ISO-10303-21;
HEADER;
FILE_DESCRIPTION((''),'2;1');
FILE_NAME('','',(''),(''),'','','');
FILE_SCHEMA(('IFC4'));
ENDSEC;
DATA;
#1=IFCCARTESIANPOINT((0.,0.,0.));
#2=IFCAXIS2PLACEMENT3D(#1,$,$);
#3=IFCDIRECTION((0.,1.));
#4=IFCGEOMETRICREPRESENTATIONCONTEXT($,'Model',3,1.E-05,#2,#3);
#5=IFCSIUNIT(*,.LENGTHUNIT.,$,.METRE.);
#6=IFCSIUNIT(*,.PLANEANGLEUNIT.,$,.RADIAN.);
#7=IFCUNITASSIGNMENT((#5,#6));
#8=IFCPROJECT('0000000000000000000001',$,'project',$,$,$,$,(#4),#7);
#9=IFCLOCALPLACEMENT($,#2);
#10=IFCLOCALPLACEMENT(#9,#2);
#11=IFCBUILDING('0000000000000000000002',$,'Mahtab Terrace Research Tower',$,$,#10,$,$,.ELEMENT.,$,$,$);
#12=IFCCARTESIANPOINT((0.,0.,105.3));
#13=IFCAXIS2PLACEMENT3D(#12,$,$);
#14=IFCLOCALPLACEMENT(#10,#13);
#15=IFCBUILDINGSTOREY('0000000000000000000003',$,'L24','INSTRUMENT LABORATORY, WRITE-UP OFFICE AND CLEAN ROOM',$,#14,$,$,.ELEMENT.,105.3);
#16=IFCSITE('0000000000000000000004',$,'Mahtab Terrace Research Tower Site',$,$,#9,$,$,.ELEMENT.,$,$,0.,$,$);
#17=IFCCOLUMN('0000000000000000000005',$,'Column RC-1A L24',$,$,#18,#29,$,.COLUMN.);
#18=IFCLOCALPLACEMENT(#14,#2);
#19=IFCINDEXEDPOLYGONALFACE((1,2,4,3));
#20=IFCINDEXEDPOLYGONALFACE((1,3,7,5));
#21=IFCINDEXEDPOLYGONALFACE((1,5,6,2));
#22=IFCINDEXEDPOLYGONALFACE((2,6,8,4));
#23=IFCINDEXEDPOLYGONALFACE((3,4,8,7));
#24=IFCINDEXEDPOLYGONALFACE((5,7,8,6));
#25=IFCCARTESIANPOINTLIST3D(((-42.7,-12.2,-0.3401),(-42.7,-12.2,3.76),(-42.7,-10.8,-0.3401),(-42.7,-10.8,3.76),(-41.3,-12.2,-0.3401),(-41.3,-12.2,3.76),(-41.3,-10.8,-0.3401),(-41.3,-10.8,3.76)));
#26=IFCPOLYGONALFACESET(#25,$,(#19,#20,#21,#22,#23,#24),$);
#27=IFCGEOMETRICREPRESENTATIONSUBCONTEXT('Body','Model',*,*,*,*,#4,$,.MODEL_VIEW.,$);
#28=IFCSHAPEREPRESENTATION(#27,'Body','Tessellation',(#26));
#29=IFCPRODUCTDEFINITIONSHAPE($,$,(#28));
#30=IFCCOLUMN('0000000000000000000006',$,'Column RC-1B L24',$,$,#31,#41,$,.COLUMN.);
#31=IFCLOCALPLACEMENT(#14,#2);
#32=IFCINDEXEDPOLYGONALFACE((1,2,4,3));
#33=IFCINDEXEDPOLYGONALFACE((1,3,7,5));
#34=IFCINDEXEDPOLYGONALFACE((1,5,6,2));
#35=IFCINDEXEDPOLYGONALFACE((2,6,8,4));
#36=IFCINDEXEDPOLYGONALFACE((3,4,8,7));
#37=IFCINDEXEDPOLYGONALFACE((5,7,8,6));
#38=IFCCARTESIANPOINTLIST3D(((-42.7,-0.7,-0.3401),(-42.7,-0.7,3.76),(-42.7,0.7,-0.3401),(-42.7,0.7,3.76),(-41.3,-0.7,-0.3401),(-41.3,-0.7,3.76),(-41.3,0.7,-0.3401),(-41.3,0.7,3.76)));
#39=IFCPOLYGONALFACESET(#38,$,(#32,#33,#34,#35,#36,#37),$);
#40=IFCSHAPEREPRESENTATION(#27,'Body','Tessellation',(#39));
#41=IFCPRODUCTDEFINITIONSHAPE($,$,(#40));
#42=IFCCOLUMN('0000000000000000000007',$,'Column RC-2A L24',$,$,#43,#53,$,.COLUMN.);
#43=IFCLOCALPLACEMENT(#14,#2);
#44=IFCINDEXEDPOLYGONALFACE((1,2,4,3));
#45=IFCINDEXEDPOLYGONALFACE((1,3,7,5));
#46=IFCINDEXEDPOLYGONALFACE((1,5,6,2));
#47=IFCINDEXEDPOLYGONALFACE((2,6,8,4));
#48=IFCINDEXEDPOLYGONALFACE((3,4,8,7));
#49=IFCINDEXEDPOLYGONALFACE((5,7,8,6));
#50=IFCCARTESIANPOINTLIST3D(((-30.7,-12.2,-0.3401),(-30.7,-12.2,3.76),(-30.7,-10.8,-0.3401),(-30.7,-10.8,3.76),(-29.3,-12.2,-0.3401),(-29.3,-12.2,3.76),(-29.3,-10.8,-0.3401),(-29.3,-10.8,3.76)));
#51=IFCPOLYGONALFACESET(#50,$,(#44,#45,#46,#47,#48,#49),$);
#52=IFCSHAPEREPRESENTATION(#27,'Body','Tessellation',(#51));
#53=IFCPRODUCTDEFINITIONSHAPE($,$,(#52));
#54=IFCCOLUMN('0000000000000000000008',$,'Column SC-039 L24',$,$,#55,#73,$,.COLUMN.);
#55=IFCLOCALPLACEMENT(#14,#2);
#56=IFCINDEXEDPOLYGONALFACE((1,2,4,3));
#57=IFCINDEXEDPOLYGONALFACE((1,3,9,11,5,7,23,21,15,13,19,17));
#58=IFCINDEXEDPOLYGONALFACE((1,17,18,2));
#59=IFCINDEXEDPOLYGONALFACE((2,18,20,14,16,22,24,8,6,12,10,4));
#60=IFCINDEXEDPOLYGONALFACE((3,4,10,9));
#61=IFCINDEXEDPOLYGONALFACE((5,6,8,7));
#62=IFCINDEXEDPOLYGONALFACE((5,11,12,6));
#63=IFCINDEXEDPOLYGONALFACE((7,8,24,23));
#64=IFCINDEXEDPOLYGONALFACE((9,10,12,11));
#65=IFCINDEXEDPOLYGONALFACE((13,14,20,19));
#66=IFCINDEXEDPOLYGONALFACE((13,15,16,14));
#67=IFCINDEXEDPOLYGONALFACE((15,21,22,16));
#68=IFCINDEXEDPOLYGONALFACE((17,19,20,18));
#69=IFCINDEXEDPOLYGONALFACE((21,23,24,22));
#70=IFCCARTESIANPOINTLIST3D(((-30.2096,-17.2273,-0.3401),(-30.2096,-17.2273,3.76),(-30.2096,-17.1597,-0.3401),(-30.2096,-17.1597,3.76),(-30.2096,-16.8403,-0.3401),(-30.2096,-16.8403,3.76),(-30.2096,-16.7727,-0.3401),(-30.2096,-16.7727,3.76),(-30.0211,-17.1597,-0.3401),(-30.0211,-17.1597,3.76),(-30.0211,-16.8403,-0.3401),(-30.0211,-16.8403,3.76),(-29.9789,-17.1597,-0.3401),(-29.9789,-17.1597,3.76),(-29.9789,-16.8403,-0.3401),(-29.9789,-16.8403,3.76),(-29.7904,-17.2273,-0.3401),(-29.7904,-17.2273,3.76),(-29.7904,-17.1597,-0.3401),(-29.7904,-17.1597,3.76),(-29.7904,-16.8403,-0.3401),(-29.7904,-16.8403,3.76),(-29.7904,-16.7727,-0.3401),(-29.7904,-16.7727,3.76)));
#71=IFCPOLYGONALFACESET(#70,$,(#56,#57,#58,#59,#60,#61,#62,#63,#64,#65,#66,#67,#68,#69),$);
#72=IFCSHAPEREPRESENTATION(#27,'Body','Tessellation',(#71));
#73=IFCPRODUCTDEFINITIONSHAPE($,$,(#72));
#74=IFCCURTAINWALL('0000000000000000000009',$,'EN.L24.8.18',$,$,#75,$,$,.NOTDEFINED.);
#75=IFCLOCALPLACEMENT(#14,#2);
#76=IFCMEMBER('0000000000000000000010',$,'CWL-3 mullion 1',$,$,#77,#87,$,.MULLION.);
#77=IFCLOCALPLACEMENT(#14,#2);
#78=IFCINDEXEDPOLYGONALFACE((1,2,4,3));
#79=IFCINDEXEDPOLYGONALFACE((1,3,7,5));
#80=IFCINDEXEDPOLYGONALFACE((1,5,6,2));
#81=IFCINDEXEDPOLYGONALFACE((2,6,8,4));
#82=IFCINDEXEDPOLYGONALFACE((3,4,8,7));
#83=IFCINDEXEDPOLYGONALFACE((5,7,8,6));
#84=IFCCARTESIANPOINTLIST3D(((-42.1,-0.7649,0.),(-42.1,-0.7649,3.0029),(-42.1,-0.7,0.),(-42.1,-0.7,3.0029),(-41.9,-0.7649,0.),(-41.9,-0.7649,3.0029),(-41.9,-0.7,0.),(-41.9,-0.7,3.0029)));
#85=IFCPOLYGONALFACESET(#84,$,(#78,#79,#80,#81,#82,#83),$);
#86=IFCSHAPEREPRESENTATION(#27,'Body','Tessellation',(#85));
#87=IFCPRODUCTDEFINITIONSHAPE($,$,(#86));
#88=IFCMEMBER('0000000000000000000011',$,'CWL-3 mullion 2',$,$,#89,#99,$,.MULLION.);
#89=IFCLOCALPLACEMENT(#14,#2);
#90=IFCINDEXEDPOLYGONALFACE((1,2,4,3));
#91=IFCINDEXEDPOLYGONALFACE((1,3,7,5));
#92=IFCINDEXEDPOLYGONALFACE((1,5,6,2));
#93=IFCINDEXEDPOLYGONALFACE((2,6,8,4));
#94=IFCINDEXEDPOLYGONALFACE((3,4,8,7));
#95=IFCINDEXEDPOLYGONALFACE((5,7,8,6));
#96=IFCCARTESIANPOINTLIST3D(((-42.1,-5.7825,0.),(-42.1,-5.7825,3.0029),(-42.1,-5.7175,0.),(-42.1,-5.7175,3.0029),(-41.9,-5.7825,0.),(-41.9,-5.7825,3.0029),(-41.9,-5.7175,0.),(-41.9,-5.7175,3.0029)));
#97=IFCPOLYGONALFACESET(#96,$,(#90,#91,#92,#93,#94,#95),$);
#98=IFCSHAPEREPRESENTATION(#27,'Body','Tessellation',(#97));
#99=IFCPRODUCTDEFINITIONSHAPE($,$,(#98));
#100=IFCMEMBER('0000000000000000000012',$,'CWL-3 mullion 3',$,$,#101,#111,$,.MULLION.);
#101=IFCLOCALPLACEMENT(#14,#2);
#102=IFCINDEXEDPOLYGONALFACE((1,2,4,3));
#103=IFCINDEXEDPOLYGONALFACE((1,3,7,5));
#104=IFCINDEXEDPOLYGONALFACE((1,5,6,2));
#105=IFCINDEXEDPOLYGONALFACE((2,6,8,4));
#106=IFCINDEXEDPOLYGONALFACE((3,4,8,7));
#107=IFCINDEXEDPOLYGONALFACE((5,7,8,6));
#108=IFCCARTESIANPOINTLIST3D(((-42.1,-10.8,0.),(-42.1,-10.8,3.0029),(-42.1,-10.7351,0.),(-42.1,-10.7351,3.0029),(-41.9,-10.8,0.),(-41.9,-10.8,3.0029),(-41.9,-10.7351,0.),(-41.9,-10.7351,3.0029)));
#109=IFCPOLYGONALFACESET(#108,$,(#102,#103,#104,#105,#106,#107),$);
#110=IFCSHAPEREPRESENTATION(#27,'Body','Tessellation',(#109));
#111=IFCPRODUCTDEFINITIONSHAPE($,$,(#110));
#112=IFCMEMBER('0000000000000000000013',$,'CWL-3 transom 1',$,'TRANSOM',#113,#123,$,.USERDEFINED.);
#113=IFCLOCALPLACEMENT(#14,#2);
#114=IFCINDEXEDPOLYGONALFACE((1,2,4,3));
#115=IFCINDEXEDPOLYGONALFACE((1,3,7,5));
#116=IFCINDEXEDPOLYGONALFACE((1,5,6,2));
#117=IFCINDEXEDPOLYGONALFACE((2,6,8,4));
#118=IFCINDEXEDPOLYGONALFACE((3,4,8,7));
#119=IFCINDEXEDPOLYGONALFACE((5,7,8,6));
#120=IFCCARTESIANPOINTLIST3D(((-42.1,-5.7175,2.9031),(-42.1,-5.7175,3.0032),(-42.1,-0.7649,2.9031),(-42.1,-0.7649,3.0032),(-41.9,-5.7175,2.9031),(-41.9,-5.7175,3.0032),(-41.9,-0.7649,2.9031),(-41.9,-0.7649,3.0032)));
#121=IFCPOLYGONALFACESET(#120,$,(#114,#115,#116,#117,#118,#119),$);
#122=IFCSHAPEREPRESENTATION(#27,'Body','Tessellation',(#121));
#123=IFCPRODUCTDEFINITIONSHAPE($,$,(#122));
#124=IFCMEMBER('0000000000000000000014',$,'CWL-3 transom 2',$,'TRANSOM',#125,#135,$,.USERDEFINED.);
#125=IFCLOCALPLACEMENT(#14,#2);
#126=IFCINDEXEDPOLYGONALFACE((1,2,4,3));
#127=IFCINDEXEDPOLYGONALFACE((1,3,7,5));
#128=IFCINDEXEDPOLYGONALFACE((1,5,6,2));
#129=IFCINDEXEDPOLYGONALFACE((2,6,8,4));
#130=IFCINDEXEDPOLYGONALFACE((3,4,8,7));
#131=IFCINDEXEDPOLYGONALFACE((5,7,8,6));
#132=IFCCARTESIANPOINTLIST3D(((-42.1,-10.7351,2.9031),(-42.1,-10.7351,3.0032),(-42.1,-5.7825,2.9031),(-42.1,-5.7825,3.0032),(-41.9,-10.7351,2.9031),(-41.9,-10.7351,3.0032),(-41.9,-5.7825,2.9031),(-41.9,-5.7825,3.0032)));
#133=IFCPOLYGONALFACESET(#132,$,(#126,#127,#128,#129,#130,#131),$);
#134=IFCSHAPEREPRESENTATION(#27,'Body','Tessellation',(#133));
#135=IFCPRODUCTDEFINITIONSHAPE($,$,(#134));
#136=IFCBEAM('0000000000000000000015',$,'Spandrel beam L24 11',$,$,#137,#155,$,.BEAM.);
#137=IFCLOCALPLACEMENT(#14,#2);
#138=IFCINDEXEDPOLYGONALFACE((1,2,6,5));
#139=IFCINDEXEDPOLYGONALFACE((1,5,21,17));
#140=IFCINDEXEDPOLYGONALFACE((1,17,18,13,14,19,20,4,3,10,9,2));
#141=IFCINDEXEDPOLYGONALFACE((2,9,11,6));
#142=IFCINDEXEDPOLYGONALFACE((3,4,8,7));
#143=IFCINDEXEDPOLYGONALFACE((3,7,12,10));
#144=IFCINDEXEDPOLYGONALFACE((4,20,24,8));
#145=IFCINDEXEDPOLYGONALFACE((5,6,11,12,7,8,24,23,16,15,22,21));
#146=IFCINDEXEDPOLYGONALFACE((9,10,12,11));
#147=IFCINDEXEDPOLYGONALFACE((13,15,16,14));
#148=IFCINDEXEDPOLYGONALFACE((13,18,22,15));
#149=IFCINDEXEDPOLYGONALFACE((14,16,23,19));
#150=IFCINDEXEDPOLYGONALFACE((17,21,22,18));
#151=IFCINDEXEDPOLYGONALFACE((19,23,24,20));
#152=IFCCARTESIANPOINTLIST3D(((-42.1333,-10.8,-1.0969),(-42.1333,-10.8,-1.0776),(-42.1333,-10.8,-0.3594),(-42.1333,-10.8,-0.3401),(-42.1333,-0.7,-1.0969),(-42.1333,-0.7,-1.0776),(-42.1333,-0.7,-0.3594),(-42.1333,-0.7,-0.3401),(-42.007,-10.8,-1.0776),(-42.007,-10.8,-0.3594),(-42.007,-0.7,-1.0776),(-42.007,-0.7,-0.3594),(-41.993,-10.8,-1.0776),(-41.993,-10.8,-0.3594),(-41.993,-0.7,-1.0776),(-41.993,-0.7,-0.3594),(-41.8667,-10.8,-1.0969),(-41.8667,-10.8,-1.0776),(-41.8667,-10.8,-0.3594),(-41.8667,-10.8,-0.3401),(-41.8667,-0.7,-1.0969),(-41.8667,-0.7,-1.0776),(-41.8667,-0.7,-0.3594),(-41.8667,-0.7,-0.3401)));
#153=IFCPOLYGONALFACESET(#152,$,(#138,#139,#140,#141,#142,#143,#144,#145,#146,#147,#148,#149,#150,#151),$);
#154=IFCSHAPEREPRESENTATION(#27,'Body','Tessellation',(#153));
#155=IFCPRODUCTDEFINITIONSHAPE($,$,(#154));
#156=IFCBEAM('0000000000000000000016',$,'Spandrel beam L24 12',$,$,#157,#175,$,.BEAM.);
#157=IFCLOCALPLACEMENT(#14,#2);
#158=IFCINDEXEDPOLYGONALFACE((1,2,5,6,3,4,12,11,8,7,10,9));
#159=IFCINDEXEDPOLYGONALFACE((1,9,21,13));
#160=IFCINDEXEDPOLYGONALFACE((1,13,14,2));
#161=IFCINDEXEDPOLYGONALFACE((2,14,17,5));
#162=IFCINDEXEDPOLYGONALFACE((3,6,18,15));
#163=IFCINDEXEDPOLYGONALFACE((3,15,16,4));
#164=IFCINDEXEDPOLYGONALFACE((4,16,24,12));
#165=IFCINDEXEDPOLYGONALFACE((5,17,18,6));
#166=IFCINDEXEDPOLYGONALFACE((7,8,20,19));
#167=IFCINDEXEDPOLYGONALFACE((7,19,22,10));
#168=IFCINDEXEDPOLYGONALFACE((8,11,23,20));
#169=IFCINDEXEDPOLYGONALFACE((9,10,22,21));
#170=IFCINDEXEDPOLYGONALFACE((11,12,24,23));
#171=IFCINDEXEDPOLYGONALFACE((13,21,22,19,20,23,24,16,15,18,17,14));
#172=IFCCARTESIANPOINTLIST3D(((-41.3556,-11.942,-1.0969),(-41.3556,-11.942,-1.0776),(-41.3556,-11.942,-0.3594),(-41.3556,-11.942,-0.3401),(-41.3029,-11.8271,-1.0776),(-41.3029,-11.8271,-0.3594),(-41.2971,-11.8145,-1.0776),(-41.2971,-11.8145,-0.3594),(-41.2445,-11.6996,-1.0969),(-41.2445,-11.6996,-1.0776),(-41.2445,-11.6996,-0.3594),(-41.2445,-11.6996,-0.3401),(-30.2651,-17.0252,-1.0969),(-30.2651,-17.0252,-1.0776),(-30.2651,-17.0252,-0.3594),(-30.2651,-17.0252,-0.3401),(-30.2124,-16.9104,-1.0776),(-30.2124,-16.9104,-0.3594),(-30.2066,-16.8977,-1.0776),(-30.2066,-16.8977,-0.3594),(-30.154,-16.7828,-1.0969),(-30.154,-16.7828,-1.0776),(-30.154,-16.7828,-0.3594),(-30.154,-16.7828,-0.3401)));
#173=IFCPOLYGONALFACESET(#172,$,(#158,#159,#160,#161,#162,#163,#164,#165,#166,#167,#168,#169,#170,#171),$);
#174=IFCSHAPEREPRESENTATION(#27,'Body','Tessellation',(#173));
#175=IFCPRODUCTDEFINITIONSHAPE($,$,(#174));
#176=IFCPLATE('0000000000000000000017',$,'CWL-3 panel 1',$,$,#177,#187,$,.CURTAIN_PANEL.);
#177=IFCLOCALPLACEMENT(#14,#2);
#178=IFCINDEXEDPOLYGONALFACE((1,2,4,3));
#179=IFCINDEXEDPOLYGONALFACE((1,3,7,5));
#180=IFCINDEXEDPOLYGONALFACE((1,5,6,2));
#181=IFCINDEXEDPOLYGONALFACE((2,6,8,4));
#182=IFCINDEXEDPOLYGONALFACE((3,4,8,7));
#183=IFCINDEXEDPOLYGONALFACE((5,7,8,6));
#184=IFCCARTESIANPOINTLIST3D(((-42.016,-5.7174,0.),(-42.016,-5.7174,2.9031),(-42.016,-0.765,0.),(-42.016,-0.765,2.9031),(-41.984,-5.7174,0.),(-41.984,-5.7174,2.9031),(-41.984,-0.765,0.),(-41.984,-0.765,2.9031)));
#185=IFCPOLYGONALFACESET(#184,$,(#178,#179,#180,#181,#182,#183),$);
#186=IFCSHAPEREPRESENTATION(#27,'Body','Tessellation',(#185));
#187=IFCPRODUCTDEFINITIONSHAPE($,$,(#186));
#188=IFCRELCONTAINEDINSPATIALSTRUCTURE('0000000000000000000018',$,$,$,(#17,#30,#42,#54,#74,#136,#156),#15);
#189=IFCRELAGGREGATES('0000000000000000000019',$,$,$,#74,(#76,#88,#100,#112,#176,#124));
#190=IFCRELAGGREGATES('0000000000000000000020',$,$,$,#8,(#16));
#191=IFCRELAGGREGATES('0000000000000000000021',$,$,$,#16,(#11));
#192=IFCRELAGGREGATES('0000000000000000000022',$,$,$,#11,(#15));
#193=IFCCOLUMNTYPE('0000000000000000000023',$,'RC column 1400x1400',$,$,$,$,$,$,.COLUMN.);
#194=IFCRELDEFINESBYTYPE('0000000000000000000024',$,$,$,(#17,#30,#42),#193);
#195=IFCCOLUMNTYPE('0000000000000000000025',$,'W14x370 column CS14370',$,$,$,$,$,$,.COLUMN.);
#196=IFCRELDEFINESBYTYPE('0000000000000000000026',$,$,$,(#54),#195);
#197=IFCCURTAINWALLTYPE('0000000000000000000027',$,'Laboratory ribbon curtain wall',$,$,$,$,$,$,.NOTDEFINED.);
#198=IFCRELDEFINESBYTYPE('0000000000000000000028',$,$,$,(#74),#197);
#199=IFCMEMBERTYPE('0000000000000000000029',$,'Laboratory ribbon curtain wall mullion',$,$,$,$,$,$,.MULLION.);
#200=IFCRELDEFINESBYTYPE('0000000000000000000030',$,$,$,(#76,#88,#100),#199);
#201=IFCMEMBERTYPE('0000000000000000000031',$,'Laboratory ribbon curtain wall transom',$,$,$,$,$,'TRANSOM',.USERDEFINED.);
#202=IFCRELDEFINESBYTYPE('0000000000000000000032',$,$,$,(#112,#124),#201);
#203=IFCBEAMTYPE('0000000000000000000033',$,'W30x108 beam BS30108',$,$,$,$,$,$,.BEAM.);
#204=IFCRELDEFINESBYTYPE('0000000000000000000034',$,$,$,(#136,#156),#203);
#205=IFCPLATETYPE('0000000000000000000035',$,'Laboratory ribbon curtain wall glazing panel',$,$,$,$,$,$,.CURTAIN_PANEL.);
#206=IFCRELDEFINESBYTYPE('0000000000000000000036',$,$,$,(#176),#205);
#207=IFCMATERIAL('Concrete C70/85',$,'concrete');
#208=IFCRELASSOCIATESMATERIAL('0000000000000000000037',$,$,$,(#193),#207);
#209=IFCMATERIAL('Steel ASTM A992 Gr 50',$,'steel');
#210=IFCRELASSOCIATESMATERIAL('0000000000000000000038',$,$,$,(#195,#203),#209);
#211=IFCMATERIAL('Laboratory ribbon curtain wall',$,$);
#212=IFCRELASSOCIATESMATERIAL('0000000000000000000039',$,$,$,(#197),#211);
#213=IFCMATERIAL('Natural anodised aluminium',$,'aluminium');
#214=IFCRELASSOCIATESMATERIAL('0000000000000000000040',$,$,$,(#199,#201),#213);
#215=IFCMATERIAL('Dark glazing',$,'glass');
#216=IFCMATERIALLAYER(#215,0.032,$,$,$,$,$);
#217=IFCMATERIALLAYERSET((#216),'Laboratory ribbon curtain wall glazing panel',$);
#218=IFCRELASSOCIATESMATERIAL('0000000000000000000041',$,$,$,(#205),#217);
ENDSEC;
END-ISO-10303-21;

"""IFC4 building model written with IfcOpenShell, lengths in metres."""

from ifc_helpers import new_model, si_unit, direction, frame, origin, origin_2d, place, context, subcontext, project, spatial, rectangle, i_section, extrude, material, layer, layer_set, material_profile, profile_set, type_object, element, aggregate, save


model = new_model("IFC4")

# Units and contexts
model_context = context("Model", 3, precision=1e-05, world=origin(), true_north=direction((0.0, 1.0)))
body_context = subcontext(model_context, "Body", "Model", "MODEL_VIEW")
ifc_project = project(units=[si_unit("LENGTHUNIT", "METRE"), si_unit("PLANEANGLEUNIT", "RADIAN")], contexts=[model_context])

# Site, building, storey
site_placement = place(None, origin())
site = spatial("IfcSite", under=ifc_project, at=site_placement, Name="Mahtab Terrace Research Tower Site", CompositionType="ELEMENT", RefElevation=0.0)
building_placement = place(site_placement, origin())
building = spatial("IfcBuilding", under=site, at=building_placement, Name="Mahtab Terrace Research Tower", CompositionType="ELEMENT")
storey_placement = place(building_placement, frame((0.0, 0.0, 105.3)))
storey = spatial("IfcBuildingStorey", under=building, at=storey_placement, Name="L24", Description="INSTRUMENT LABORATORY, WRITE-UP OFFICE AND CLEAN ROOM", CompositionType="ELEMENT", Elevation=105.3)

# Columns
ifc_material_1 = material(Name="Concrete C70/85", Category="concrete")
ifc_material_profile_1 = material_profile(ifc_material_1, rectangle(XDim=1.3999, YDim=1.3999, at=origin_2d()), Name="RC column 1400x1400")
ifc_profile_set_1 = profile_set([ifc_material_profile_1], Name="Concrete C70/85")
column_type_1 = type_object("IfcColumnType", Name="RC column 1400x1400", PredefinedType="COLUMN", material=ifc_profile_set_1)
for number, where, z_axis, x_axis, name in (
    (1, (-42.0, -11.5, -0.3401), (0.0, 0.0, 1.0), (1.0, 0.0, 0.0), "Column RC-1A L24"),
    (2, (-42.0, 0.0, -0.3401), (0.0, 0.0, 1.0), (1.0, 0.0, 0.0), "Column RC-1B L24"),
    (3, (-30.0, -11.5, -0.3401), (0.0, 0.0, 1.0), (1.0, 0.0, 0.0), "Column RC-2A L24"),
):
    element("IfcColumn", number, at=place(storey_placement, frame(where, z_axis=z_axis, x_axis=x_axis)), inside=storey, type_object=column_type_1, Name=name, PredefinedType="COLUMN", context=body_context, shape_type="SweptSolid", body=[
        extrude(rectangle(XDim=1.3999, YDim=1.3999, at=origin_2d()), origin(), (0.0, 0.0, 1.0), 4.1001),
    ])
ifc_material_2 = material(Name="Steel ASTM A992 Gr 50", Category="steel")
ifc_material_profile_2 = material_profile(ifc_material_2, i_section(OverallWidth=0.4192, OverallDepth=0.4546, WebThickness=0.0422, FlangeThickness=0.0676, at=origin_2d()), Name="W14X370")
ifc_profile_set_2 = profile_set([ifc_material_profile_2], Name="Steel ASTM A992 Gr 50")
column_type_2 = type_object("IfcColumnType", Name="W14x370 column CS14370", PredefinedType="COLUMN", material=ifc_profile_set_2)
column_placement = place(storey_placement, frame((-30.0, -17.0, -0.3401), z_axis=(0.0, 0.0, 1.0), x_axis=(1.0, 0.0, 0.0)))
element("IfcColumn", 4, at=column_placement, inside=storey, type_object=column_type_2, Name="Column SC-039 L24", PredefinedType="COLUMN", context=body_context, shape_type="SweptSolid", body=[
    extrude(i_section(OverallWidth=0.4192, OverallDepth=0.4546, WebThickness=0.0422, FlangeThickness=0.0676, at=origin_2d()), origin(), (0.0, 0.0, 1.0), 4.1001),
])

# Curtain wall, members
ifc_material_3 = material(Name="Laboratory ribbon curtain wall")
curtain_wall_type = type_object("IfcCurtainWallType", Name="Laboratory ribbon curtain wall", PredefinedType="NOTDEFINED", material=ifc_material_3)
curtain_wall_placement = place(storey_placement, origin())
curtain_wall = element("IfcCurtainWall", 5, at=curtain_wall_placement, inside=storey, type_object=curtain_wall_type, Name="EN.L24.8.18", PredefinedType="NOTDEFINED")
ifc_material_4 = material(Name="Natural anodised aluminium", Category="aluminium")
ifc_material_profile_3 = material_profile(ifc_material_4, rectangle(XDim=0.2, YDim=0.0649, at=origin_2d()), Name="MULLION 65x200")
ifc_profile_set_3 = profile_set([ifc_material_profile_3], Name="Natural anodised aluminium")
member_type_1 = type_object("IfcMemberType", Name="Laboratory ribbon curtain wall mullion", PredefinedType="MULLION", material=ifc_profile_set_3)
member_1_placement = place(storey_placement, frame((-42.0, -0.7324, 0.0), z_axis=(0.0, 0.0, 1.0), x_axis=(1.0, 0.0, 0.0)))
member_1 = element("IfcMember", 6, at=member_1_placement, type_object=member_type_1, Name="CWL-3 mullion 1", PredefinedType="MULLION", context=body_context, shape_type="SweptSolid", body=[
    extrude(rectangle(XDim=0.2, YDim=0.0649, at=origin_2d()), origin(), (0.0, 0.0, 1.0), 3.0029),
])
member_2_placement = place(storey_placement, frame((-42.0, -5.75, 0.0), z_axis=(0.0, 0.0, 1.0), x_axis=(1.0, 0.0, 0.0)))
member_2 = element("IfcMember", 7, at=member_2_placement, type_object=member_type_1, Name="CWL-3 mullion 2", PredefinedType="MULLION", context=body_context, shape_type="SweptSolid", body=[
    extrude(rectangle(XDim=0.2, YDim=0.0649, at=origin_2d()), origin(), (0.0, 0.0, 1.0), 3.0029),
])
member_3_placement = place(storey_placement, frame((-42.0, -10.7676, 0.0), z_axis=(0.0, 0.0, 1.0), x_axis=(1.0, 0.0, 0.0)))
member_3 = element("IfcMember", 8, at=member_3_placement, type_object=member_type_1, Name="CWL-3 mullion 3", PredefinedType="MULLION", context=body_context, shape_type="SweptSolid", body=[
    extrude(rectangle(XDim=0.2, YDim=0.0649, at=origin_2d()), origin(), (0.0, 0.0, 1.0), 3.0029),
])
ifc_material_profile_4 = material_profile(ifc_material_4, rectangle(XDim=0.2, YDim=0.1001, at=origin_2d()), Name="TRANSOM 100x200")
ifc_profile_set_4 = profile_set([ifc_material_profile_4], Name="Natural anodised aluminium")
member_type_2 = type_object("IfcMemberType", Name="Laboratory ribbon curtain wall transom", ElementType="TRANSOM", PredefinedType="USERDEFINED", material=ifc_profile_set_4)
member_4_placement = place(storey_placement, frame((-42.0, -0.7649, 2.9531), z_axis=(0.0, -1.0, 0.0), x_axis=(1.0, 0.0, 0.0)))
member_4 = element("IfcMember", 9, at=member_4_placement, type_object=member_type_2, Name="CWL-3 transom 1", ObjectType="TRANSOM", PredefinedType="USERDEFINED", context=body_context, shape_type="SweptSolid", body=[
    extrude(rectangle(XDim=0.2, YDim=0.1001, at=origin_2d()), origin(), (0.0, 0.0, 1.0), 4.9526),
])
member_5_placement = place(storey_placement, frame((-42.0, -5.7825, 2.9531), z_axis=(0.0, -1.0, 0.0), x_axis=(1.0, 0.0, 0.0)))
member_5 = element("IfcMember", 10, at=member_5_placement, type_object=member_type_2, Name="CWL-3 transom 2", ObjectType="TRANSOM", PredefinedType="USERDEFINED", context=body_context, shape_type="SweptSolid", body=[
    extrude(rectangle(XDim=0.2, YDim=0.1001, at=origin_2d()), origin(), (0.0, 0.0, 1.0), 4.9526),
])

# Beams
ifc_material_profile_5 = material_profile(ifc_material_2, i_section(OverallWidth=0.2666, OverallDepth=0.7568, WebThickness=0.0139, FlangeThickness=0.0193, at=origin_2d()), Name="W30X108")
ifc_profile_set_5 = profile_set([ifc_material_profile_5], Name="Steel ASTM A992 Gr 50")
beam_type = type_object("IfcBeamType", Name="W30x108 beam BS30108", PredefinedType="BEAM", material=ifc_profile_set_5)
beam_1_placement = place(storey_placement, frame((-42.0, -0.7, -0.7185), z_axis=(0.0, -1.0, 0.0), x_axis=(1.0, 0.0, 0.0)))
element("IfcBeam", 11, at=beam_1_placement, inside=storey, type_object=beam_type, Name="Spandrel beam L24 11", PredefinedType="BEAM", context=body_context, shape_type="SweptSolid", body=[
    extrude(i_section(OverallWidth=0.2666, OverallDepth=0.7568, WebThickness=0.0139, FlangeThickness=0.0193, at=origin_2d()), origin(), (0.0, 0.0, 1.0), 10.1001),
])
beam_2_placement = place(storey_placement, frame((-41.3, -11.8208, -0.7185), z_axis=(0.909063, -0.41666, 0.0), x_axis=(0.41666, 0.909063, 0.0)))
element("IfcBeam", 12, at=beam_2_placement, inside=storey, type_object=beam_type, Name="Spandrel beam L24 12", PredefinedType="BEAM", context=body_context, shape_type="SweptSolid", body=[
    extrude(i_section(OverallWidth=0.2666, OverallDepth=0.7568, WebThickness=0.0139, FlangeThickness=0.0193, at=origin_2d()), origin(), (0.0, 0.0, 1.0), 12.2),
])

# Plate
ifc_material_5 = material(Name="Dark glazing", Category="glass")
ifc_layer_1 = layer(ifc_material_5, 0.032)
ifc_layer_set_1 = layer_set([ifc_layer_1], Name="Laboratory ribbon curtain wall glazing panel")
plate_type = type_object("IfcPlateType", Name="Laboratory ribbon curtain wall glazing panel", PredefinedType="CURTAIN_PANEL", material=ifc_layer_set_1)
plate_1_placement = place(storey_placement, frame((-42.0, -3.2412, 0.0), z_axis=(0.0, 0.0, 1.0), x_axis=(0.0, -1.0, 0.0)))
plate_1 = element("IfcPlate", 13, at=plate_1_placement, type_object=plate_type, Name="CWL-3 panel 1", PredefinedType="CURTAIN_PANEL", context=body_context, shape_type="SweptSolid", body=[
    extrude(rectangle(XDim=4.9524, YDim=0.032, at=origin_2d()), origin(), (0.0, 0.0, 1.0), 2.9031),
])
aggregate(curtain_wall, [member_1, member_2, member_3, member_4, plate_1, member_5])

save(model, "model.ifc")
